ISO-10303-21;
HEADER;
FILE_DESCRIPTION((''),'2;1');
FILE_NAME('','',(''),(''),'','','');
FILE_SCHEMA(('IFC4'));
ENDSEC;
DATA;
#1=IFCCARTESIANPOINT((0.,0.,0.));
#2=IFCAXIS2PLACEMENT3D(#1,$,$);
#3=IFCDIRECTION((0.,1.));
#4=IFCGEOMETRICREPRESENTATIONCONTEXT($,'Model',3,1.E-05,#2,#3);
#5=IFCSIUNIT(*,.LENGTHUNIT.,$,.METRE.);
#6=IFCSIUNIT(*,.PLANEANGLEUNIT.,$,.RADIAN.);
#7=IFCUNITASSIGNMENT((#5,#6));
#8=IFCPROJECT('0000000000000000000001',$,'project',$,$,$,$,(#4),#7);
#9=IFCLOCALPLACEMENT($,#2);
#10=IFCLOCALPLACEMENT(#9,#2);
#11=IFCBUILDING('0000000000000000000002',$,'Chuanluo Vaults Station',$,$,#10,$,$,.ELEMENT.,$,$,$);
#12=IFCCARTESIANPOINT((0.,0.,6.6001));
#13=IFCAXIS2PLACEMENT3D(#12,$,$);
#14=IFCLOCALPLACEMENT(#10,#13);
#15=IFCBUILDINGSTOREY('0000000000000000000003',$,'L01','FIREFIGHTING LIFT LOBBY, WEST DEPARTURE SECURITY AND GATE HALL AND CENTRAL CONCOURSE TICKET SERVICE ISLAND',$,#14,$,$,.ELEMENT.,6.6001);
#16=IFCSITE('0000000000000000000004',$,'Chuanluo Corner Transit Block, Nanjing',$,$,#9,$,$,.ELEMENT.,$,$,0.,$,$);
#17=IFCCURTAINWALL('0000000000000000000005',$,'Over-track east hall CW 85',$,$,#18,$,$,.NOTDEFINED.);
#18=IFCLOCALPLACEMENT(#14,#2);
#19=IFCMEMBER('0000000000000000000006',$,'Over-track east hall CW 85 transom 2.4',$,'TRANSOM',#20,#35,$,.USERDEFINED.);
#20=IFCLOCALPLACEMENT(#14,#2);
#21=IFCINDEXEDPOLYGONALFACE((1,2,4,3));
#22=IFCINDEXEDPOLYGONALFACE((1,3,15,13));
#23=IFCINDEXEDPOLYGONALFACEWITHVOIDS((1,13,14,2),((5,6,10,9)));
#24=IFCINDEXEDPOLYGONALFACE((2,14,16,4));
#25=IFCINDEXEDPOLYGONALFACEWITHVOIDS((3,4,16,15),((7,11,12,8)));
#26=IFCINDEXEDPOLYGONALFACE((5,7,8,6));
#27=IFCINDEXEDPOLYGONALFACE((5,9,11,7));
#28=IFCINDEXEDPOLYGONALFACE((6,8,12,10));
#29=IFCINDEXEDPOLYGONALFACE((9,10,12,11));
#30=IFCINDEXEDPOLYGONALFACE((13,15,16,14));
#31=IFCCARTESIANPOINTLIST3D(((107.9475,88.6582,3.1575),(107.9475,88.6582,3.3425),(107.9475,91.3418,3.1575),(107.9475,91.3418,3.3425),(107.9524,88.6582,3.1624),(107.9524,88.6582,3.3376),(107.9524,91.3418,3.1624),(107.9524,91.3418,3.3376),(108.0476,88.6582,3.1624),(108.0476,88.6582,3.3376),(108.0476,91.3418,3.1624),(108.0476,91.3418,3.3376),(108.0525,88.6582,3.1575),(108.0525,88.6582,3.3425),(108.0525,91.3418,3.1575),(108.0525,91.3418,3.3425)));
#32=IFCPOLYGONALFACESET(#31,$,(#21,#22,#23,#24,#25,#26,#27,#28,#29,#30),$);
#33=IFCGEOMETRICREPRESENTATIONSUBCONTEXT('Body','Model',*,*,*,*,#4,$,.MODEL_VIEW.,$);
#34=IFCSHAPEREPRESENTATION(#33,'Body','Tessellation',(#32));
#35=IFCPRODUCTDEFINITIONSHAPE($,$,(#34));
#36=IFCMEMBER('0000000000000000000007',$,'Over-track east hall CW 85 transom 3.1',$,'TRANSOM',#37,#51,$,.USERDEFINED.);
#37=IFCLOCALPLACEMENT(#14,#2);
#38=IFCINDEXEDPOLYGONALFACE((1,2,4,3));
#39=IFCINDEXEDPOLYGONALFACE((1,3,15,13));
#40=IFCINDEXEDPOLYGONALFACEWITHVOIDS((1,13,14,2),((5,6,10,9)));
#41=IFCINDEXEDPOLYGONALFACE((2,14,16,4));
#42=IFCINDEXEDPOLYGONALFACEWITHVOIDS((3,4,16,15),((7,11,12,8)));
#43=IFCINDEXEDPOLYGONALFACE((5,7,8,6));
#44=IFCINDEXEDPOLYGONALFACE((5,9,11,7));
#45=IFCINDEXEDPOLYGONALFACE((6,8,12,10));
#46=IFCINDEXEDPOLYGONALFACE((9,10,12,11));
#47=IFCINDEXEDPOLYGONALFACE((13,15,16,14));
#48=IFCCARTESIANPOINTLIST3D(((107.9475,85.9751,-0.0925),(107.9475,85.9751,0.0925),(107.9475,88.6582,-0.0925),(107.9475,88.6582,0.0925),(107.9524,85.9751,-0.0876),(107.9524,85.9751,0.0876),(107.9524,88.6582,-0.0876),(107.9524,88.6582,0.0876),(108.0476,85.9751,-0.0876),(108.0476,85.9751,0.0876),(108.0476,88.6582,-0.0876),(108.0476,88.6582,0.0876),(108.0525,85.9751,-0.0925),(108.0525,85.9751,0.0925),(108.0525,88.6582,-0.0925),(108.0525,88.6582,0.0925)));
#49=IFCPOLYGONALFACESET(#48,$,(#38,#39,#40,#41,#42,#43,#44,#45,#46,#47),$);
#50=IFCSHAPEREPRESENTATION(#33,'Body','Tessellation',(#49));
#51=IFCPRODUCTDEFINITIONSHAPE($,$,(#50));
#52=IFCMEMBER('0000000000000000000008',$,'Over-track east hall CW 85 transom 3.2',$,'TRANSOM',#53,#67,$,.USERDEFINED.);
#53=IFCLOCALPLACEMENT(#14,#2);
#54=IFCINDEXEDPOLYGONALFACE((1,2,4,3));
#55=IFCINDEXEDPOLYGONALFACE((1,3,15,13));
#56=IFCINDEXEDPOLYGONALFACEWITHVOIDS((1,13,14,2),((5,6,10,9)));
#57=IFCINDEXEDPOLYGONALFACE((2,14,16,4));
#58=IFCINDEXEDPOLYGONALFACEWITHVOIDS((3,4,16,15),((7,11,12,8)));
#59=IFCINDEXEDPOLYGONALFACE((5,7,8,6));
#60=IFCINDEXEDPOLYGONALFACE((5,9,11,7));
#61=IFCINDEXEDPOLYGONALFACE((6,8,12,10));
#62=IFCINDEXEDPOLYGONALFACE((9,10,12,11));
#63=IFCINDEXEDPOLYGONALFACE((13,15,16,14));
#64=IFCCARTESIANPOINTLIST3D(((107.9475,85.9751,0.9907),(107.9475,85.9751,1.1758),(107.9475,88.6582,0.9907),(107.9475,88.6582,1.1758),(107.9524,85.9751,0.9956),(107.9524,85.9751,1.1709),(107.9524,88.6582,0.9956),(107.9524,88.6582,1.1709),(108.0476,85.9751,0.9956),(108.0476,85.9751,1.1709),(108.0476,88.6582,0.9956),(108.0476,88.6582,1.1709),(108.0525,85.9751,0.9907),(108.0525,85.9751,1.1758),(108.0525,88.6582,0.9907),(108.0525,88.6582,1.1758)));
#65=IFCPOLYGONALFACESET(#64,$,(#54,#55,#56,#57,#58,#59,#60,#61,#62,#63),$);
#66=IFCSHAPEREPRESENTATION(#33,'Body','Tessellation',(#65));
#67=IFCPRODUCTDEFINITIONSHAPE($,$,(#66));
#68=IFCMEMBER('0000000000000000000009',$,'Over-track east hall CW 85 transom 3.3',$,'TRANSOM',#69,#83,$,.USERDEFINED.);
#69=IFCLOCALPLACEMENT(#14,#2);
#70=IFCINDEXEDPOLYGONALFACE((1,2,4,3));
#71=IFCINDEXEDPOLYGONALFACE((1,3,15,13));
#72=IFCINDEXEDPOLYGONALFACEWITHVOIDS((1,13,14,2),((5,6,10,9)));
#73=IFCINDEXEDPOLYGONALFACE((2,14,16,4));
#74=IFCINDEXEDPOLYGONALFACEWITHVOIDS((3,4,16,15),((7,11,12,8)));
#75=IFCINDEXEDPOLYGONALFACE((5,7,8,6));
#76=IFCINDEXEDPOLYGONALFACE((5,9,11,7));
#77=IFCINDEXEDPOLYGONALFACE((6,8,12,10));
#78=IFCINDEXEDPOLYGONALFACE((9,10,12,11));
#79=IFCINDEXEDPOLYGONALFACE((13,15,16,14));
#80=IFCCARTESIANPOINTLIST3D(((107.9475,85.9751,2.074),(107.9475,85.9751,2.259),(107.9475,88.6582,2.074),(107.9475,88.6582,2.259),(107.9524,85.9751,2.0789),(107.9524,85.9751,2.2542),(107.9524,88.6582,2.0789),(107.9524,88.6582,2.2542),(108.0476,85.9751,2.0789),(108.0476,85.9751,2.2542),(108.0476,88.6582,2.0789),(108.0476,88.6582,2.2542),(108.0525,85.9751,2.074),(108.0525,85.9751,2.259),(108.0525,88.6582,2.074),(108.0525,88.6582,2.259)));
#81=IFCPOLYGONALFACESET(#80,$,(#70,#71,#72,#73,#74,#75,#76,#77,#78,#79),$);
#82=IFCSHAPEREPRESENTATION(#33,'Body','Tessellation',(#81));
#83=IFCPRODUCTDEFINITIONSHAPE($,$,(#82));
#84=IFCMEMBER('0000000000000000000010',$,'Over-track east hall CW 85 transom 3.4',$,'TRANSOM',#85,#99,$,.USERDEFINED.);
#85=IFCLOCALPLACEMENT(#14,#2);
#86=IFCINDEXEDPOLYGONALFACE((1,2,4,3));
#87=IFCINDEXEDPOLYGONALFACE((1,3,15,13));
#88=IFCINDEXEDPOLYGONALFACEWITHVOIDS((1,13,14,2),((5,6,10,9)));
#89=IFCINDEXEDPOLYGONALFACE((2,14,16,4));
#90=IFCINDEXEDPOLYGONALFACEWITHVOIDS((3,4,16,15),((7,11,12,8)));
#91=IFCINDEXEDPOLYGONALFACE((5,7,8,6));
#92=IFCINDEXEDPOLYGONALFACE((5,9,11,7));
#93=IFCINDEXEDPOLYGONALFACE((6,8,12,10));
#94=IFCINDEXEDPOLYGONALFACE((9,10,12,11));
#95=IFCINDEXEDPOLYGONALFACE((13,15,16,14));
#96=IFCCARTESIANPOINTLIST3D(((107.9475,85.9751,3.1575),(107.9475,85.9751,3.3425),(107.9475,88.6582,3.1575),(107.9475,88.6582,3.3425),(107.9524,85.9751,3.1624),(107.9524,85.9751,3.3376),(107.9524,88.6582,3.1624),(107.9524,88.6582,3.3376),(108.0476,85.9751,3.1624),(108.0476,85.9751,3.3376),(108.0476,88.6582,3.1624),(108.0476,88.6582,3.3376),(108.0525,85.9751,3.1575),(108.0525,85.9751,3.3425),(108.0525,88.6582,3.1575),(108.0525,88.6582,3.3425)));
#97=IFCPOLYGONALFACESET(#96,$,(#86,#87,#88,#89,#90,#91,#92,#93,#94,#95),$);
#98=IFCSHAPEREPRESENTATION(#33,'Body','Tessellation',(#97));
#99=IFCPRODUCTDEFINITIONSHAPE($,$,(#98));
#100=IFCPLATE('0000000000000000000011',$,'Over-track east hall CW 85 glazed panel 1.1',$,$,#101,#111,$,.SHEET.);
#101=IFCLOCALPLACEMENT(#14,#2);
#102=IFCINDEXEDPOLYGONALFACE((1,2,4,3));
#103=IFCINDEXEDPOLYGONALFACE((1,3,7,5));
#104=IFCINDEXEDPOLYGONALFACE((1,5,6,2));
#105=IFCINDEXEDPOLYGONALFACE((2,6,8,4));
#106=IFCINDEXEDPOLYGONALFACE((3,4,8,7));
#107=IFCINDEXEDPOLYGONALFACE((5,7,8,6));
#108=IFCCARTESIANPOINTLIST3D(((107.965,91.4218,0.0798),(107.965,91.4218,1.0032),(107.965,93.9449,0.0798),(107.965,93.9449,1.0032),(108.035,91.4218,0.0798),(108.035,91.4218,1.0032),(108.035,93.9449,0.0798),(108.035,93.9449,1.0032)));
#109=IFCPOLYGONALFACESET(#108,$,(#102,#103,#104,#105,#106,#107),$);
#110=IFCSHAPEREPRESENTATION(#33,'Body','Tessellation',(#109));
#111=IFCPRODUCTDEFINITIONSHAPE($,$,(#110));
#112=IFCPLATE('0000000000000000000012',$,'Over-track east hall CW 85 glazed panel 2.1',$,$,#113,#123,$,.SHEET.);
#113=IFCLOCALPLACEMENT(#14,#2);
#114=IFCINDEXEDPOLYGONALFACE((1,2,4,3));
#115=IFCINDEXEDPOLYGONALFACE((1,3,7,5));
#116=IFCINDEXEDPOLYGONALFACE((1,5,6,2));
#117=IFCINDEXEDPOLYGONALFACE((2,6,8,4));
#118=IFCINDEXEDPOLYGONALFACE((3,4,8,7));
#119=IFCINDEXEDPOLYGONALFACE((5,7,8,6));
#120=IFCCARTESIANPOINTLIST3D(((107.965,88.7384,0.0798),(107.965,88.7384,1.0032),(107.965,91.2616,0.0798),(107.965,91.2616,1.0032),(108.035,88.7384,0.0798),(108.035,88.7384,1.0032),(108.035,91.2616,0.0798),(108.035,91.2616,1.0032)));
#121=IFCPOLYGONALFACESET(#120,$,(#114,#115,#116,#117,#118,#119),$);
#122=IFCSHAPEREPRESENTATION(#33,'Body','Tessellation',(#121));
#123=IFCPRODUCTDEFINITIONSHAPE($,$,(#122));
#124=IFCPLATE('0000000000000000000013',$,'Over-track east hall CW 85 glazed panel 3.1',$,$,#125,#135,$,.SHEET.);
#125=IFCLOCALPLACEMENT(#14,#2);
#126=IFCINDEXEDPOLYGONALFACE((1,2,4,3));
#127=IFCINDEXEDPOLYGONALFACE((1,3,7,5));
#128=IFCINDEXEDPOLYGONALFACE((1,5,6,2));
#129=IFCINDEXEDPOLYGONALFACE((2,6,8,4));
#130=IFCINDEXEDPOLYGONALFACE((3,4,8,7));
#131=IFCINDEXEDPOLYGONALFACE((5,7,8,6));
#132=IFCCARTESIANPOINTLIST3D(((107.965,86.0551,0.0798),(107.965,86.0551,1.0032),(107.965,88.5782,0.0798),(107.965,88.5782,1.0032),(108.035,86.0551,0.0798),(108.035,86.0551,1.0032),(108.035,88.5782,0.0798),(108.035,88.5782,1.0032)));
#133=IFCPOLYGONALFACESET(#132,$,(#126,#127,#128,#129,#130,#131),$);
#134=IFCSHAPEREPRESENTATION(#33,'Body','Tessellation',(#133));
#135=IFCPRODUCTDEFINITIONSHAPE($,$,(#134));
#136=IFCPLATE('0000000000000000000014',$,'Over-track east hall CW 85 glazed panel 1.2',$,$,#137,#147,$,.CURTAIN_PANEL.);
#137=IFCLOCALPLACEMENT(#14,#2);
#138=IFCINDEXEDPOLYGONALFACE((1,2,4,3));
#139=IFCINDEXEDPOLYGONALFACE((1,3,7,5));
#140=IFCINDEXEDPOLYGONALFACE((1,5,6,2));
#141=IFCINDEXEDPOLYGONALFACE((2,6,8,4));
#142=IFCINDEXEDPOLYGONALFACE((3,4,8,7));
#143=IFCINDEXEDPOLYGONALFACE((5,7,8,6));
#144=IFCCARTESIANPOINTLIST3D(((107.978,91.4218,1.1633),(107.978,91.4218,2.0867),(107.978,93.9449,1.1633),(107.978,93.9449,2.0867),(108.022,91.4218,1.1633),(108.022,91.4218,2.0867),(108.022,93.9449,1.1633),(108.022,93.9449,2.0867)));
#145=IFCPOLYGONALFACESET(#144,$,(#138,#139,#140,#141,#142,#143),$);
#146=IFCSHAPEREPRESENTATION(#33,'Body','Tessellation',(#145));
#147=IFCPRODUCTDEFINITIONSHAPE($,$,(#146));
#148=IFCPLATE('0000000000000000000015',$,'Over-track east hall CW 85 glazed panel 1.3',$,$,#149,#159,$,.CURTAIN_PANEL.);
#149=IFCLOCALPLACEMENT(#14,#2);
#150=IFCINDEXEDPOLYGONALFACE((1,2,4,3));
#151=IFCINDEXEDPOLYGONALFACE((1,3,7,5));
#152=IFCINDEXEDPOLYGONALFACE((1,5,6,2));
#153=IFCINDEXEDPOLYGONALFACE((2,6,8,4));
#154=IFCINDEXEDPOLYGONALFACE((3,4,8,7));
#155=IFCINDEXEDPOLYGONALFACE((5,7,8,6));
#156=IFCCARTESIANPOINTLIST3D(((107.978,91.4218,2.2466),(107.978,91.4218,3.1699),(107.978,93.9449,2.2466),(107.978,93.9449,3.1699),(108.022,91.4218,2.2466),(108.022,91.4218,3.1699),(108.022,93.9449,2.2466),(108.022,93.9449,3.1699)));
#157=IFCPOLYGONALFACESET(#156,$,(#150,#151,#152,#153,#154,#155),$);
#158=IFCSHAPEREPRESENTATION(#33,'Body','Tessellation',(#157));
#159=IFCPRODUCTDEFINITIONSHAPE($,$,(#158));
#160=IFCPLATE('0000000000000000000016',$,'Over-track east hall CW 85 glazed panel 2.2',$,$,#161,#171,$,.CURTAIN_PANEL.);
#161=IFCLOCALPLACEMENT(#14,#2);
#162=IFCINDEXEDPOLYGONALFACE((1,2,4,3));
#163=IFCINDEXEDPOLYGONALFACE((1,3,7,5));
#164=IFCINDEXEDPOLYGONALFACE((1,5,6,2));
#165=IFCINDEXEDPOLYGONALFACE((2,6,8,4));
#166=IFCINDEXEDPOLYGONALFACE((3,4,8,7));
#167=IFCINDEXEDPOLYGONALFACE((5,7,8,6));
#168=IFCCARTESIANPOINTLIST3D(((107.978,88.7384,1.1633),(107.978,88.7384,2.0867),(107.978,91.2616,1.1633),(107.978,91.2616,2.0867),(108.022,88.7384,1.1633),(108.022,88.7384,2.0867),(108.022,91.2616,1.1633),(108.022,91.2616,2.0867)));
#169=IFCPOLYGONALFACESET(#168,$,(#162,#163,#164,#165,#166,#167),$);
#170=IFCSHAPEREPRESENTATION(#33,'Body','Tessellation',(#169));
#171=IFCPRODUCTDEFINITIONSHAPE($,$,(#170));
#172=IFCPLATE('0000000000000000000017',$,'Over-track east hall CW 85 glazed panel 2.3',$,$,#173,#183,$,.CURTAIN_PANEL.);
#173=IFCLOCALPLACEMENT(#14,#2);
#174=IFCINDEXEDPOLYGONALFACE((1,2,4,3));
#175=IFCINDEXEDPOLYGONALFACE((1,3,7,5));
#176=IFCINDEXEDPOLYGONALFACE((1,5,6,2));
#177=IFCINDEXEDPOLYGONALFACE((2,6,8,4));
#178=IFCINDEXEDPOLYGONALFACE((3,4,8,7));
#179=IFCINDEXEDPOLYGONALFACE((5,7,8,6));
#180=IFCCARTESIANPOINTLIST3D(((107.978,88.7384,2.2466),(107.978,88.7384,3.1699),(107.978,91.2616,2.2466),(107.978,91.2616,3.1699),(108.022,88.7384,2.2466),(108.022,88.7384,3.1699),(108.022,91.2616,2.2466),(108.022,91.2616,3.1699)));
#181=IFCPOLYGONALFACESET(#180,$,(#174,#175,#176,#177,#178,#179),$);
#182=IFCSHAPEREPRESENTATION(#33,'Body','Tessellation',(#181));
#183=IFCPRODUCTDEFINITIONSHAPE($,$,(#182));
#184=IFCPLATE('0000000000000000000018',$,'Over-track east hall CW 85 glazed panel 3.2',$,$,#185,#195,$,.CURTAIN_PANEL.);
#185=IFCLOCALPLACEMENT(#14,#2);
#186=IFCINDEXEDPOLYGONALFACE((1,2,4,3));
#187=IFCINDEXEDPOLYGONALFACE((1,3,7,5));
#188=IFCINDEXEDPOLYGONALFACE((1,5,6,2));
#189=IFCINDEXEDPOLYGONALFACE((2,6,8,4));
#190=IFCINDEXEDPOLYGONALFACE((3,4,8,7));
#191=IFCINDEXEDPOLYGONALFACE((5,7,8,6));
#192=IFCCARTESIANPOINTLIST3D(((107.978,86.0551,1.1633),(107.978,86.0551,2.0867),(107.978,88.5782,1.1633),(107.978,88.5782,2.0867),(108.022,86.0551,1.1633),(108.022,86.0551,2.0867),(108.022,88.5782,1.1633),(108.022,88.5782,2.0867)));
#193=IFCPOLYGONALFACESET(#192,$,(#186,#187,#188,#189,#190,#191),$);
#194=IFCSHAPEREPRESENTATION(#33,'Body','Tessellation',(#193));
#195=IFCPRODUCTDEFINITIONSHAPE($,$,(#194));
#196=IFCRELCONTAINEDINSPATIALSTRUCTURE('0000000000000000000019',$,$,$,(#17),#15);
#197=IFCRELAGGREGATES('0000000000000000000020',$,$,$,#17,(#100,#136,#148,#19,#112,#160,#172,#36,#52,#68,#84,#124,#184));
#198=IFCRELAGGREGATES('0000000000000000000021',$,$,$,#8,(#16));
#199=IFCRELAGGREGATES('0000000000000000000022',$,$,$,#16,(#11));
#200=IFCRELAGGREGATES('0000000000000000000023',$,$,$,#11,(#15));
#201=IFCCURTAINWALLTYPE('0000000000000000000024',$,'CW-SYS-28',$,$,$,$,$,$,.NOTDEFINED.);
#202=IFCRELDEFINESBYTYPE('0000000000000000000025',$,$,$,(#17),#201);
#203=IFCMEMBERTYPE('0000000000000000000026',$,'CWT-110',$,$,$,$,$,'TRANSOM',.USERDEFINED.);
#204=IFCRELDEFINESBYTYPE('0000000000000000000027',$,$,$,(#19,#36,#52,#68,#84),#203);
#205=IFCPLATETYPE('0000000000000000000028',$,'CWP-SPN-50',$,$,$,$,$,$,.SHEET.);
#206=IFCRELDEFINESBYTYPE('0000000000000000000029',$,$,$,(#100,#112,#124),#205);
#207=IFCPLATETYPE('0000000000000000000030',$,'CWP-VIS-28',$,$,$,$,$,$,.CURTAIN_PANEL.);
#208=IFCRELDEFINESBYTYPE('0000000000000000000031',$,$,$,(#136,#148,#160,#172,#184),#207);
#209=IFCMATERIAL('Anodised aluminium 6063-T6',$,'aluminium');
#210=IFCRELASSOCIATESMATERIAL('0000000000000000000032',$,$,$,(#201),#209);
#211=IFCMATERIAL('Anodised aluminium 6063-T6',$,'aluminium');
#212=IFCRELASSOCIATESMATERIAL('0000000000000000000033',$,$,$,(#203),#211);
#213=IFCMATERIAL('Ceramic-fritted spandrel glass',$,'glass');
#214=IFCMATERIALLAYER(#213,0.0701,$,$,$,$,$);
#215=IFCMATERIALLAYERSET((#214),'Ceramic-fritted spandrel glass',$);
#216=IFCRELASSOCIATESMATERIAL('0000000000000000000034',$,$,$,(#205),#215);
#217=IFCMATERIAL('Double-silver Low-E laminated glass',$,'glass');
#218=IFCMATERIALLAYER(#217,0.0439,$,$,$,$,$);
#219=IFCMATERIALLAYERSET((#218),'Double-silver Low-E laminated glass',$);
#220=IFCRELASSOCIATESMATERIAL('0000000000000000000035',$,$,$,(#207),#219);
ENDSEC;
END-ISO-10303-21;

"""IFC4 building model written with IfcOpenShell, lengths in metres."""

from ifc_helpers import new_model, si_unit, direction, frame, origin, origin_2d, place, context, subcontext, project, spatial, rectangle, hollow_rectangle, extrude, material, layer, layer_set, material_profile, profile_set, type_object, element, aggregate, save


model = new_model("IFC4")

# Units and contexts
model_context = context("Model", 3, precision=1e-05, world=origin(), true_north=direction((0.0, 1.0)))
body_context = subcontext(model_context, "Body", "Model", "MODEL_VIEW")
ifc_project = project(units=[si_unit("LENGTHUNIT", "METRE"), si_unit("PLANEANGLEUNIT", "RADIAN")], contexts=[model_context])

# Site, building, storey
site_placement = place(None, origin())
site = spatial("IfcSite", under=ifc_project, at=site_placement, Name="Chuanluo Corner Transit Block, Nanjing", CompositionType="ELEMENT", RefElevation=0.0)
building_placement = place(site_placement, origin())
building = spatial("IfcBuilding", under=site, at=building_placement, Name="Chuanluo Vaults Station", CompositionType="ELEMENT")
storey_placement = place(building_placement, frame((0.0, 0.0, 6.6001)))
storey = spatial("IfcBuildingStorey", under=building, at=storey_placement, Name="L01", Description="FIREFIGHTING LIFT LOBBY, WEST DEPARTURE SECURITY AND GATE HALL AND CENTRAL CONCOURSE TICKET SERVICE ISLAND", CompositionType="ELEMENT", Elevation=6.6001)

# Curtain wall, members, plates
ifc_material_1 = material(Name="Anodised aluminium 6063-T6", Category="aluminium")
curtain_wall_type = type_object("IfcCurtainWallType", Name="CW-SYS-28", PredefinedType="NOTDEFINED", material=ifc_material_1)
curtain_wall_placement = place(storey_placement, origin())
curtain_wall = element("IfcCurtainWall", 1, at=curtain_wall_placement, inside=storey, type_object=curtain_wall_type, Name="Over-track east hall CW 85", PredefinedType="NOTDEFINED")
ifc_material_2 = material(Name="Anodised aluminium 6063-T6", Category="aluminium")
ifc_material_profile_1 = material_profile(ifc_material_2, hollow_rectangle(XDim=0.105, YDim=0.1851, WallThickness=0.0049, at=origin_2d()))
ifc_profile_set_1 = profile_set([ifc_material_profile_1], Name="Anodised aluminium 6063-T6")
member_type_1 = type_object("IfcMemberType", Name="CWT-110", ElementType="TRANSOM", PredefinedType="USERDEFINED", material=ifc_profile_set_1)
member_1_placement = place(storey_placement, frame((108.0, 91.3418, 3.25), z_axis=(0.0, -1.0, 0.0), x_axis=(1.0, 0.0, 0.0)))
member_1 = element("IfcMember", 2, at=member_1_placement, type_object=member_type_1, Name="Over-track east hall CW 85 transom 2.4", ObjectType="TRANSOM", PredefinedType="USERDEFINED", context=body_context, shape_type="SweptSolid", body=[
    extrude(hollow_rectangle(XDim=0.105, YDim=0.1851, WallThickness=0.0049, at=origin_2d()), origin(), (0.0, 0.0, 1.0), 2.6836),
])
member_2_placement = place(storey_placement, frame((108.0, 88.6582, 0.0), z_axis=(0.0, -1.0, 0.0), x_axis=(1.0, 0.0, 0.0)))
member_2 = element("IfcMember", 3, at=member_2_placement, type_object=member_type_1, Name="Over-track east hall CW 85 transom 3.1", ObjectType="TRANSOM", PredefinedType="USERDEFINED", context=body_context, shape_type="SweptSolid", body=[
    extrude(hollow_rectangle(XDim=0.105, YDim=0.1851, WallThickness=0.0049, at=origin_2d()), origin(), (0.0, 0.0, 1.0), 2.6831),
])
member_3_placement = place(storey_placement, frame((108.0, 88.6582, 1.0833), z_axis=(0.0, -1.0, 0.0), x_axis=(1.0, 0.0, 0.0)))
member_3 = element("IfcMember", 4, at=member_3_placement, type_object=member_type_1, Name="Over-track east hall CW 85 transom 3.2", ObjectType="TRANSOM", PredefinedType="USERDEFINED", context=body_context, shape_type="SweptSolid", body=[
    extrude(hollow_rectangle(XDim=0.105, YDim=0.1851, WallThickness=0.0049, at=origin_2d()), origin(), (0.0, 0.0, 1.0), 2.6831),
])
member_4_placement = place(storey_placement, frame((108.0, 88.6582, 2.1665), z_axis=(0.0, -1.0, 0.0), x_axis=(1.0, 0.0, 0.0)))
member_4 = element("IfcMember", 5, at=member_4_placement, type_object=member_type_1, Name="Over-track east hall CW 85 transom 3.3", ObjectType="TRANSOM", PredefinedType="USERDEFINED", context=body_context, shape_type="SweptSolid", body=[
    extrude(hollow_rectangle(XDim=0.105, YDim=0.1851, WallThickness=0.0049, at=origin_2d()), origin(), (0.0, 0.0, 1.0), 2.6831),
])
member_5_placement = place(storey_placement, frame((108.0, 88.6582, 3.25), z_axis=(0.0, -1.0, 0.0), x_axis=(1.0, 0.0, 0.0)))
member_5 = element("IfcMember", 6, at=member_5_placement, type_object=member_type_1, Name="Over-track east hall CW 85 transom 3.4", ObjectType="TRANSOM", PredefinedType="USERDEFINED", context=body_context, shape_type="SweptSolid", body=[
    extrude(hollow_rectangle(XDim=0.105, YDim=0.1851, WallThickness=0.0049, at=origin_2d()), origin(), (0.0, 0.0, 1.0), 2.6831),
])
ifc_material_3 = material(Name="Ceramic-fritted spandrel glass", Category="glass")
ifc_layer_1 = layer(ifc_material_3, 0.0701)
ifc_layer_set_1 = layer_set([ifc_layer_1], Name="Ceramic-fritted spandrel glass")
plate_type_1 = type_object("IfcPlateType", Name="CWP-SPN-50", PredefinedType="SHEET", material=ifc_layer_set_1)
plate_1_placement = place(storey_placement, frame((108.0, 92.6833, 0.0798), z_axis=(0.0, 0.0, 1.0), x_axis=(0.0, -1.0, 0.0)))
plate_1 = element("IfcPlate", 7, at=plate_1_placement, type_object=plate_type_1, Name="Over-track east hall CW 85 glazed panel 1.1", PredefinedType="SHEET", context=body_context, shape_type="SweptSolid", body=[
    extrude(rectangle(XDim=2.5232, YDim=0.0701, at=origin_2d()), origin(), (0.0, 0.0, 1.0), 0.9233),
])
plate_2_placement = place(storey_placement, frame((108.0, 90.0, 0.0798), z_axis=(0.0, 0.0, 1.0), x_axis=(0.0, -1.0, 0.0)))
plate_2 = element("IfcPlate", 8, at=plate_2_placement, type_object=plate_type_1, Name="Over-track east hall CW 85 glazed panel 2.1", PredefinedType="SHEET", context=body_context, shape_type="SweptSolid", body=[
    extrude(rectangle(XDim=2.5232, YDim=0.0701, at=origin_2d()), origin(), (0.0, 0.0, 1.0), 0.9233),
])
plate_3_placement = place(storey_placement, frame((108.0, 87.3167, 0.0798), z_axis=(0.0, 0.0, 1.0), x_axis=(0.0, -1.0, 0.0)))
plate_3 = element("IfcPlate", 9, at=plate_3_placement, type_object=plate_type_1, Name="Over-track east hall CW 85 glazed panel 3.1", PredefinedType="SHEET", context=body_context, shape_type="SweptSolid", body=[
    extrude(rectangle(XDim=2.5232, YDim=0.0701, at=origin_2d()), origin(), (0.0, 0.0, 1.0), 0.9233),
])
ifc_material_4 = material(Name="Double-silver Low-E laminated glass", Category="glass")
ifc_layer_2 = layer(ifc_material_4, 0.0439)
ifc_layer_set_2 = layer_set([ifc_layer_2], Name="Double-silver Low-E laminated glass")
plate_type_2 = type_object("IfcPlateType", Name="CWP-VIS-28", PredefinedType="CURTAIN_PANEL", material=ifc_layer_set_2)
plate_4_placement = place(storey_placement, frame((108.0, 92.6833, 1.1633), z_axis=(0.0, 0.0, 1.0), x_axis=(0.0, -1.0, 0.0)))
plate_4 = element("IfcPlate", 10, at=plate_4_placement, type_object=plate_type_2, Name="Over-track east hall CW 85 glazed panel 1.2", PredefinedType="CURTAIN_PANEL", context=body_context, shape_type="SweptSolid", body=[
    extrude(rectangle(XDim=2.5232, YDim=0.0439, at=origin_2d()), origin(), (0.0, 0.0, 1.0), 0.9233),
])
plate_5_placement = place(storey_placement, frame((108.0, 92.6833, 2.2466), z_axis=(0.0, 0.0, 1.0), x_axis=(0.0, -1.0, 0.0)))
plate_5 = element("IfcPlate", 11, at=plate_5_placement, type_object=plate_type_2, Name="Over-track east hall CW 85 glazed panel 1.3", PredefinedType="CURTAIN_PANEL", context=body_context, shape_type="SweptSolid", body=[
    extrude(rectangle(XDim=2.5232, YDim=0.0439, at=origin_2d()), origin(), (0.0, 0.0, 1.0), 0.9233),
])
plate_6_placement = place(storey_placement, frame((108.0, 90.0, 1.1633), z_axis=(0.0, 0.0, 1.0), x_axis=(0.0, -1.0, 0.0)))
plate_6 = element("IfcPlate", 12, at=plate_6_placement, type_object=plate_type_2, Name="Over-track east hall CW 85 glazed panel 2.2", PredefinedType="CURTAIN_PANEL", context=body_context, shape_type="SweptSolid", body=[
    extrude(rectangle(XDim=2.5232, YDim=0.0439, at=origin_2d()), origin(), (0.0, 0.0, 1.0), 0.9233),
])
plate_7_placement = place(storey_placement, frame((108.0, 90.0, 2.2466), z_axis=(0.0, 0.0, 1.0), x_axis=(0.0, -1.0, 0.0)))
plate_7 = element("IfcPlate", 13, at=plate_7_placement, type_object=plate_type_2, Name="Over-track east hall CW 85 glazed panel 2.3", PredefinedType="CURTAIN_PANEL", context=body_context, shape_type="SweptSolid", body=[
    extrude(rectangle(XDim=2.5232, YDim=0.0439, at=origin_2d()), origin(), (0.0, 0.0, 1.0), 0.9233),
])
plate_8_placement = place(storey_placement, frame((108.0, 87.3167, 1.1633), z_axis=(0.0, 0.0, 1.0), x_axis=(0.0, -1.0, 0.0)))
plate_8 = element("IfcPlate", 14, at=plate_8_placement, type_object=plate_type_2, Name="Over-track east hall CW 85 glazed panel 3.2", PredefinedType="CURTAIN_PANEL", context=body_context, shape_type="SweptSolid", body=[
    extrude(rectangle(XDim=2.5232, YDim=0.0439, at=origin_2d()), origin(), (0.0, 0.0, 1.0), 0.9233),
])
aggregate(curtain_wall, [plate_1, plate_4, plate_5, member_1, plate_2, plate_6, plate_7, member_2, member_3, member_4, member_5, plate_3, plate_8])

save(model, "model.ifc")
